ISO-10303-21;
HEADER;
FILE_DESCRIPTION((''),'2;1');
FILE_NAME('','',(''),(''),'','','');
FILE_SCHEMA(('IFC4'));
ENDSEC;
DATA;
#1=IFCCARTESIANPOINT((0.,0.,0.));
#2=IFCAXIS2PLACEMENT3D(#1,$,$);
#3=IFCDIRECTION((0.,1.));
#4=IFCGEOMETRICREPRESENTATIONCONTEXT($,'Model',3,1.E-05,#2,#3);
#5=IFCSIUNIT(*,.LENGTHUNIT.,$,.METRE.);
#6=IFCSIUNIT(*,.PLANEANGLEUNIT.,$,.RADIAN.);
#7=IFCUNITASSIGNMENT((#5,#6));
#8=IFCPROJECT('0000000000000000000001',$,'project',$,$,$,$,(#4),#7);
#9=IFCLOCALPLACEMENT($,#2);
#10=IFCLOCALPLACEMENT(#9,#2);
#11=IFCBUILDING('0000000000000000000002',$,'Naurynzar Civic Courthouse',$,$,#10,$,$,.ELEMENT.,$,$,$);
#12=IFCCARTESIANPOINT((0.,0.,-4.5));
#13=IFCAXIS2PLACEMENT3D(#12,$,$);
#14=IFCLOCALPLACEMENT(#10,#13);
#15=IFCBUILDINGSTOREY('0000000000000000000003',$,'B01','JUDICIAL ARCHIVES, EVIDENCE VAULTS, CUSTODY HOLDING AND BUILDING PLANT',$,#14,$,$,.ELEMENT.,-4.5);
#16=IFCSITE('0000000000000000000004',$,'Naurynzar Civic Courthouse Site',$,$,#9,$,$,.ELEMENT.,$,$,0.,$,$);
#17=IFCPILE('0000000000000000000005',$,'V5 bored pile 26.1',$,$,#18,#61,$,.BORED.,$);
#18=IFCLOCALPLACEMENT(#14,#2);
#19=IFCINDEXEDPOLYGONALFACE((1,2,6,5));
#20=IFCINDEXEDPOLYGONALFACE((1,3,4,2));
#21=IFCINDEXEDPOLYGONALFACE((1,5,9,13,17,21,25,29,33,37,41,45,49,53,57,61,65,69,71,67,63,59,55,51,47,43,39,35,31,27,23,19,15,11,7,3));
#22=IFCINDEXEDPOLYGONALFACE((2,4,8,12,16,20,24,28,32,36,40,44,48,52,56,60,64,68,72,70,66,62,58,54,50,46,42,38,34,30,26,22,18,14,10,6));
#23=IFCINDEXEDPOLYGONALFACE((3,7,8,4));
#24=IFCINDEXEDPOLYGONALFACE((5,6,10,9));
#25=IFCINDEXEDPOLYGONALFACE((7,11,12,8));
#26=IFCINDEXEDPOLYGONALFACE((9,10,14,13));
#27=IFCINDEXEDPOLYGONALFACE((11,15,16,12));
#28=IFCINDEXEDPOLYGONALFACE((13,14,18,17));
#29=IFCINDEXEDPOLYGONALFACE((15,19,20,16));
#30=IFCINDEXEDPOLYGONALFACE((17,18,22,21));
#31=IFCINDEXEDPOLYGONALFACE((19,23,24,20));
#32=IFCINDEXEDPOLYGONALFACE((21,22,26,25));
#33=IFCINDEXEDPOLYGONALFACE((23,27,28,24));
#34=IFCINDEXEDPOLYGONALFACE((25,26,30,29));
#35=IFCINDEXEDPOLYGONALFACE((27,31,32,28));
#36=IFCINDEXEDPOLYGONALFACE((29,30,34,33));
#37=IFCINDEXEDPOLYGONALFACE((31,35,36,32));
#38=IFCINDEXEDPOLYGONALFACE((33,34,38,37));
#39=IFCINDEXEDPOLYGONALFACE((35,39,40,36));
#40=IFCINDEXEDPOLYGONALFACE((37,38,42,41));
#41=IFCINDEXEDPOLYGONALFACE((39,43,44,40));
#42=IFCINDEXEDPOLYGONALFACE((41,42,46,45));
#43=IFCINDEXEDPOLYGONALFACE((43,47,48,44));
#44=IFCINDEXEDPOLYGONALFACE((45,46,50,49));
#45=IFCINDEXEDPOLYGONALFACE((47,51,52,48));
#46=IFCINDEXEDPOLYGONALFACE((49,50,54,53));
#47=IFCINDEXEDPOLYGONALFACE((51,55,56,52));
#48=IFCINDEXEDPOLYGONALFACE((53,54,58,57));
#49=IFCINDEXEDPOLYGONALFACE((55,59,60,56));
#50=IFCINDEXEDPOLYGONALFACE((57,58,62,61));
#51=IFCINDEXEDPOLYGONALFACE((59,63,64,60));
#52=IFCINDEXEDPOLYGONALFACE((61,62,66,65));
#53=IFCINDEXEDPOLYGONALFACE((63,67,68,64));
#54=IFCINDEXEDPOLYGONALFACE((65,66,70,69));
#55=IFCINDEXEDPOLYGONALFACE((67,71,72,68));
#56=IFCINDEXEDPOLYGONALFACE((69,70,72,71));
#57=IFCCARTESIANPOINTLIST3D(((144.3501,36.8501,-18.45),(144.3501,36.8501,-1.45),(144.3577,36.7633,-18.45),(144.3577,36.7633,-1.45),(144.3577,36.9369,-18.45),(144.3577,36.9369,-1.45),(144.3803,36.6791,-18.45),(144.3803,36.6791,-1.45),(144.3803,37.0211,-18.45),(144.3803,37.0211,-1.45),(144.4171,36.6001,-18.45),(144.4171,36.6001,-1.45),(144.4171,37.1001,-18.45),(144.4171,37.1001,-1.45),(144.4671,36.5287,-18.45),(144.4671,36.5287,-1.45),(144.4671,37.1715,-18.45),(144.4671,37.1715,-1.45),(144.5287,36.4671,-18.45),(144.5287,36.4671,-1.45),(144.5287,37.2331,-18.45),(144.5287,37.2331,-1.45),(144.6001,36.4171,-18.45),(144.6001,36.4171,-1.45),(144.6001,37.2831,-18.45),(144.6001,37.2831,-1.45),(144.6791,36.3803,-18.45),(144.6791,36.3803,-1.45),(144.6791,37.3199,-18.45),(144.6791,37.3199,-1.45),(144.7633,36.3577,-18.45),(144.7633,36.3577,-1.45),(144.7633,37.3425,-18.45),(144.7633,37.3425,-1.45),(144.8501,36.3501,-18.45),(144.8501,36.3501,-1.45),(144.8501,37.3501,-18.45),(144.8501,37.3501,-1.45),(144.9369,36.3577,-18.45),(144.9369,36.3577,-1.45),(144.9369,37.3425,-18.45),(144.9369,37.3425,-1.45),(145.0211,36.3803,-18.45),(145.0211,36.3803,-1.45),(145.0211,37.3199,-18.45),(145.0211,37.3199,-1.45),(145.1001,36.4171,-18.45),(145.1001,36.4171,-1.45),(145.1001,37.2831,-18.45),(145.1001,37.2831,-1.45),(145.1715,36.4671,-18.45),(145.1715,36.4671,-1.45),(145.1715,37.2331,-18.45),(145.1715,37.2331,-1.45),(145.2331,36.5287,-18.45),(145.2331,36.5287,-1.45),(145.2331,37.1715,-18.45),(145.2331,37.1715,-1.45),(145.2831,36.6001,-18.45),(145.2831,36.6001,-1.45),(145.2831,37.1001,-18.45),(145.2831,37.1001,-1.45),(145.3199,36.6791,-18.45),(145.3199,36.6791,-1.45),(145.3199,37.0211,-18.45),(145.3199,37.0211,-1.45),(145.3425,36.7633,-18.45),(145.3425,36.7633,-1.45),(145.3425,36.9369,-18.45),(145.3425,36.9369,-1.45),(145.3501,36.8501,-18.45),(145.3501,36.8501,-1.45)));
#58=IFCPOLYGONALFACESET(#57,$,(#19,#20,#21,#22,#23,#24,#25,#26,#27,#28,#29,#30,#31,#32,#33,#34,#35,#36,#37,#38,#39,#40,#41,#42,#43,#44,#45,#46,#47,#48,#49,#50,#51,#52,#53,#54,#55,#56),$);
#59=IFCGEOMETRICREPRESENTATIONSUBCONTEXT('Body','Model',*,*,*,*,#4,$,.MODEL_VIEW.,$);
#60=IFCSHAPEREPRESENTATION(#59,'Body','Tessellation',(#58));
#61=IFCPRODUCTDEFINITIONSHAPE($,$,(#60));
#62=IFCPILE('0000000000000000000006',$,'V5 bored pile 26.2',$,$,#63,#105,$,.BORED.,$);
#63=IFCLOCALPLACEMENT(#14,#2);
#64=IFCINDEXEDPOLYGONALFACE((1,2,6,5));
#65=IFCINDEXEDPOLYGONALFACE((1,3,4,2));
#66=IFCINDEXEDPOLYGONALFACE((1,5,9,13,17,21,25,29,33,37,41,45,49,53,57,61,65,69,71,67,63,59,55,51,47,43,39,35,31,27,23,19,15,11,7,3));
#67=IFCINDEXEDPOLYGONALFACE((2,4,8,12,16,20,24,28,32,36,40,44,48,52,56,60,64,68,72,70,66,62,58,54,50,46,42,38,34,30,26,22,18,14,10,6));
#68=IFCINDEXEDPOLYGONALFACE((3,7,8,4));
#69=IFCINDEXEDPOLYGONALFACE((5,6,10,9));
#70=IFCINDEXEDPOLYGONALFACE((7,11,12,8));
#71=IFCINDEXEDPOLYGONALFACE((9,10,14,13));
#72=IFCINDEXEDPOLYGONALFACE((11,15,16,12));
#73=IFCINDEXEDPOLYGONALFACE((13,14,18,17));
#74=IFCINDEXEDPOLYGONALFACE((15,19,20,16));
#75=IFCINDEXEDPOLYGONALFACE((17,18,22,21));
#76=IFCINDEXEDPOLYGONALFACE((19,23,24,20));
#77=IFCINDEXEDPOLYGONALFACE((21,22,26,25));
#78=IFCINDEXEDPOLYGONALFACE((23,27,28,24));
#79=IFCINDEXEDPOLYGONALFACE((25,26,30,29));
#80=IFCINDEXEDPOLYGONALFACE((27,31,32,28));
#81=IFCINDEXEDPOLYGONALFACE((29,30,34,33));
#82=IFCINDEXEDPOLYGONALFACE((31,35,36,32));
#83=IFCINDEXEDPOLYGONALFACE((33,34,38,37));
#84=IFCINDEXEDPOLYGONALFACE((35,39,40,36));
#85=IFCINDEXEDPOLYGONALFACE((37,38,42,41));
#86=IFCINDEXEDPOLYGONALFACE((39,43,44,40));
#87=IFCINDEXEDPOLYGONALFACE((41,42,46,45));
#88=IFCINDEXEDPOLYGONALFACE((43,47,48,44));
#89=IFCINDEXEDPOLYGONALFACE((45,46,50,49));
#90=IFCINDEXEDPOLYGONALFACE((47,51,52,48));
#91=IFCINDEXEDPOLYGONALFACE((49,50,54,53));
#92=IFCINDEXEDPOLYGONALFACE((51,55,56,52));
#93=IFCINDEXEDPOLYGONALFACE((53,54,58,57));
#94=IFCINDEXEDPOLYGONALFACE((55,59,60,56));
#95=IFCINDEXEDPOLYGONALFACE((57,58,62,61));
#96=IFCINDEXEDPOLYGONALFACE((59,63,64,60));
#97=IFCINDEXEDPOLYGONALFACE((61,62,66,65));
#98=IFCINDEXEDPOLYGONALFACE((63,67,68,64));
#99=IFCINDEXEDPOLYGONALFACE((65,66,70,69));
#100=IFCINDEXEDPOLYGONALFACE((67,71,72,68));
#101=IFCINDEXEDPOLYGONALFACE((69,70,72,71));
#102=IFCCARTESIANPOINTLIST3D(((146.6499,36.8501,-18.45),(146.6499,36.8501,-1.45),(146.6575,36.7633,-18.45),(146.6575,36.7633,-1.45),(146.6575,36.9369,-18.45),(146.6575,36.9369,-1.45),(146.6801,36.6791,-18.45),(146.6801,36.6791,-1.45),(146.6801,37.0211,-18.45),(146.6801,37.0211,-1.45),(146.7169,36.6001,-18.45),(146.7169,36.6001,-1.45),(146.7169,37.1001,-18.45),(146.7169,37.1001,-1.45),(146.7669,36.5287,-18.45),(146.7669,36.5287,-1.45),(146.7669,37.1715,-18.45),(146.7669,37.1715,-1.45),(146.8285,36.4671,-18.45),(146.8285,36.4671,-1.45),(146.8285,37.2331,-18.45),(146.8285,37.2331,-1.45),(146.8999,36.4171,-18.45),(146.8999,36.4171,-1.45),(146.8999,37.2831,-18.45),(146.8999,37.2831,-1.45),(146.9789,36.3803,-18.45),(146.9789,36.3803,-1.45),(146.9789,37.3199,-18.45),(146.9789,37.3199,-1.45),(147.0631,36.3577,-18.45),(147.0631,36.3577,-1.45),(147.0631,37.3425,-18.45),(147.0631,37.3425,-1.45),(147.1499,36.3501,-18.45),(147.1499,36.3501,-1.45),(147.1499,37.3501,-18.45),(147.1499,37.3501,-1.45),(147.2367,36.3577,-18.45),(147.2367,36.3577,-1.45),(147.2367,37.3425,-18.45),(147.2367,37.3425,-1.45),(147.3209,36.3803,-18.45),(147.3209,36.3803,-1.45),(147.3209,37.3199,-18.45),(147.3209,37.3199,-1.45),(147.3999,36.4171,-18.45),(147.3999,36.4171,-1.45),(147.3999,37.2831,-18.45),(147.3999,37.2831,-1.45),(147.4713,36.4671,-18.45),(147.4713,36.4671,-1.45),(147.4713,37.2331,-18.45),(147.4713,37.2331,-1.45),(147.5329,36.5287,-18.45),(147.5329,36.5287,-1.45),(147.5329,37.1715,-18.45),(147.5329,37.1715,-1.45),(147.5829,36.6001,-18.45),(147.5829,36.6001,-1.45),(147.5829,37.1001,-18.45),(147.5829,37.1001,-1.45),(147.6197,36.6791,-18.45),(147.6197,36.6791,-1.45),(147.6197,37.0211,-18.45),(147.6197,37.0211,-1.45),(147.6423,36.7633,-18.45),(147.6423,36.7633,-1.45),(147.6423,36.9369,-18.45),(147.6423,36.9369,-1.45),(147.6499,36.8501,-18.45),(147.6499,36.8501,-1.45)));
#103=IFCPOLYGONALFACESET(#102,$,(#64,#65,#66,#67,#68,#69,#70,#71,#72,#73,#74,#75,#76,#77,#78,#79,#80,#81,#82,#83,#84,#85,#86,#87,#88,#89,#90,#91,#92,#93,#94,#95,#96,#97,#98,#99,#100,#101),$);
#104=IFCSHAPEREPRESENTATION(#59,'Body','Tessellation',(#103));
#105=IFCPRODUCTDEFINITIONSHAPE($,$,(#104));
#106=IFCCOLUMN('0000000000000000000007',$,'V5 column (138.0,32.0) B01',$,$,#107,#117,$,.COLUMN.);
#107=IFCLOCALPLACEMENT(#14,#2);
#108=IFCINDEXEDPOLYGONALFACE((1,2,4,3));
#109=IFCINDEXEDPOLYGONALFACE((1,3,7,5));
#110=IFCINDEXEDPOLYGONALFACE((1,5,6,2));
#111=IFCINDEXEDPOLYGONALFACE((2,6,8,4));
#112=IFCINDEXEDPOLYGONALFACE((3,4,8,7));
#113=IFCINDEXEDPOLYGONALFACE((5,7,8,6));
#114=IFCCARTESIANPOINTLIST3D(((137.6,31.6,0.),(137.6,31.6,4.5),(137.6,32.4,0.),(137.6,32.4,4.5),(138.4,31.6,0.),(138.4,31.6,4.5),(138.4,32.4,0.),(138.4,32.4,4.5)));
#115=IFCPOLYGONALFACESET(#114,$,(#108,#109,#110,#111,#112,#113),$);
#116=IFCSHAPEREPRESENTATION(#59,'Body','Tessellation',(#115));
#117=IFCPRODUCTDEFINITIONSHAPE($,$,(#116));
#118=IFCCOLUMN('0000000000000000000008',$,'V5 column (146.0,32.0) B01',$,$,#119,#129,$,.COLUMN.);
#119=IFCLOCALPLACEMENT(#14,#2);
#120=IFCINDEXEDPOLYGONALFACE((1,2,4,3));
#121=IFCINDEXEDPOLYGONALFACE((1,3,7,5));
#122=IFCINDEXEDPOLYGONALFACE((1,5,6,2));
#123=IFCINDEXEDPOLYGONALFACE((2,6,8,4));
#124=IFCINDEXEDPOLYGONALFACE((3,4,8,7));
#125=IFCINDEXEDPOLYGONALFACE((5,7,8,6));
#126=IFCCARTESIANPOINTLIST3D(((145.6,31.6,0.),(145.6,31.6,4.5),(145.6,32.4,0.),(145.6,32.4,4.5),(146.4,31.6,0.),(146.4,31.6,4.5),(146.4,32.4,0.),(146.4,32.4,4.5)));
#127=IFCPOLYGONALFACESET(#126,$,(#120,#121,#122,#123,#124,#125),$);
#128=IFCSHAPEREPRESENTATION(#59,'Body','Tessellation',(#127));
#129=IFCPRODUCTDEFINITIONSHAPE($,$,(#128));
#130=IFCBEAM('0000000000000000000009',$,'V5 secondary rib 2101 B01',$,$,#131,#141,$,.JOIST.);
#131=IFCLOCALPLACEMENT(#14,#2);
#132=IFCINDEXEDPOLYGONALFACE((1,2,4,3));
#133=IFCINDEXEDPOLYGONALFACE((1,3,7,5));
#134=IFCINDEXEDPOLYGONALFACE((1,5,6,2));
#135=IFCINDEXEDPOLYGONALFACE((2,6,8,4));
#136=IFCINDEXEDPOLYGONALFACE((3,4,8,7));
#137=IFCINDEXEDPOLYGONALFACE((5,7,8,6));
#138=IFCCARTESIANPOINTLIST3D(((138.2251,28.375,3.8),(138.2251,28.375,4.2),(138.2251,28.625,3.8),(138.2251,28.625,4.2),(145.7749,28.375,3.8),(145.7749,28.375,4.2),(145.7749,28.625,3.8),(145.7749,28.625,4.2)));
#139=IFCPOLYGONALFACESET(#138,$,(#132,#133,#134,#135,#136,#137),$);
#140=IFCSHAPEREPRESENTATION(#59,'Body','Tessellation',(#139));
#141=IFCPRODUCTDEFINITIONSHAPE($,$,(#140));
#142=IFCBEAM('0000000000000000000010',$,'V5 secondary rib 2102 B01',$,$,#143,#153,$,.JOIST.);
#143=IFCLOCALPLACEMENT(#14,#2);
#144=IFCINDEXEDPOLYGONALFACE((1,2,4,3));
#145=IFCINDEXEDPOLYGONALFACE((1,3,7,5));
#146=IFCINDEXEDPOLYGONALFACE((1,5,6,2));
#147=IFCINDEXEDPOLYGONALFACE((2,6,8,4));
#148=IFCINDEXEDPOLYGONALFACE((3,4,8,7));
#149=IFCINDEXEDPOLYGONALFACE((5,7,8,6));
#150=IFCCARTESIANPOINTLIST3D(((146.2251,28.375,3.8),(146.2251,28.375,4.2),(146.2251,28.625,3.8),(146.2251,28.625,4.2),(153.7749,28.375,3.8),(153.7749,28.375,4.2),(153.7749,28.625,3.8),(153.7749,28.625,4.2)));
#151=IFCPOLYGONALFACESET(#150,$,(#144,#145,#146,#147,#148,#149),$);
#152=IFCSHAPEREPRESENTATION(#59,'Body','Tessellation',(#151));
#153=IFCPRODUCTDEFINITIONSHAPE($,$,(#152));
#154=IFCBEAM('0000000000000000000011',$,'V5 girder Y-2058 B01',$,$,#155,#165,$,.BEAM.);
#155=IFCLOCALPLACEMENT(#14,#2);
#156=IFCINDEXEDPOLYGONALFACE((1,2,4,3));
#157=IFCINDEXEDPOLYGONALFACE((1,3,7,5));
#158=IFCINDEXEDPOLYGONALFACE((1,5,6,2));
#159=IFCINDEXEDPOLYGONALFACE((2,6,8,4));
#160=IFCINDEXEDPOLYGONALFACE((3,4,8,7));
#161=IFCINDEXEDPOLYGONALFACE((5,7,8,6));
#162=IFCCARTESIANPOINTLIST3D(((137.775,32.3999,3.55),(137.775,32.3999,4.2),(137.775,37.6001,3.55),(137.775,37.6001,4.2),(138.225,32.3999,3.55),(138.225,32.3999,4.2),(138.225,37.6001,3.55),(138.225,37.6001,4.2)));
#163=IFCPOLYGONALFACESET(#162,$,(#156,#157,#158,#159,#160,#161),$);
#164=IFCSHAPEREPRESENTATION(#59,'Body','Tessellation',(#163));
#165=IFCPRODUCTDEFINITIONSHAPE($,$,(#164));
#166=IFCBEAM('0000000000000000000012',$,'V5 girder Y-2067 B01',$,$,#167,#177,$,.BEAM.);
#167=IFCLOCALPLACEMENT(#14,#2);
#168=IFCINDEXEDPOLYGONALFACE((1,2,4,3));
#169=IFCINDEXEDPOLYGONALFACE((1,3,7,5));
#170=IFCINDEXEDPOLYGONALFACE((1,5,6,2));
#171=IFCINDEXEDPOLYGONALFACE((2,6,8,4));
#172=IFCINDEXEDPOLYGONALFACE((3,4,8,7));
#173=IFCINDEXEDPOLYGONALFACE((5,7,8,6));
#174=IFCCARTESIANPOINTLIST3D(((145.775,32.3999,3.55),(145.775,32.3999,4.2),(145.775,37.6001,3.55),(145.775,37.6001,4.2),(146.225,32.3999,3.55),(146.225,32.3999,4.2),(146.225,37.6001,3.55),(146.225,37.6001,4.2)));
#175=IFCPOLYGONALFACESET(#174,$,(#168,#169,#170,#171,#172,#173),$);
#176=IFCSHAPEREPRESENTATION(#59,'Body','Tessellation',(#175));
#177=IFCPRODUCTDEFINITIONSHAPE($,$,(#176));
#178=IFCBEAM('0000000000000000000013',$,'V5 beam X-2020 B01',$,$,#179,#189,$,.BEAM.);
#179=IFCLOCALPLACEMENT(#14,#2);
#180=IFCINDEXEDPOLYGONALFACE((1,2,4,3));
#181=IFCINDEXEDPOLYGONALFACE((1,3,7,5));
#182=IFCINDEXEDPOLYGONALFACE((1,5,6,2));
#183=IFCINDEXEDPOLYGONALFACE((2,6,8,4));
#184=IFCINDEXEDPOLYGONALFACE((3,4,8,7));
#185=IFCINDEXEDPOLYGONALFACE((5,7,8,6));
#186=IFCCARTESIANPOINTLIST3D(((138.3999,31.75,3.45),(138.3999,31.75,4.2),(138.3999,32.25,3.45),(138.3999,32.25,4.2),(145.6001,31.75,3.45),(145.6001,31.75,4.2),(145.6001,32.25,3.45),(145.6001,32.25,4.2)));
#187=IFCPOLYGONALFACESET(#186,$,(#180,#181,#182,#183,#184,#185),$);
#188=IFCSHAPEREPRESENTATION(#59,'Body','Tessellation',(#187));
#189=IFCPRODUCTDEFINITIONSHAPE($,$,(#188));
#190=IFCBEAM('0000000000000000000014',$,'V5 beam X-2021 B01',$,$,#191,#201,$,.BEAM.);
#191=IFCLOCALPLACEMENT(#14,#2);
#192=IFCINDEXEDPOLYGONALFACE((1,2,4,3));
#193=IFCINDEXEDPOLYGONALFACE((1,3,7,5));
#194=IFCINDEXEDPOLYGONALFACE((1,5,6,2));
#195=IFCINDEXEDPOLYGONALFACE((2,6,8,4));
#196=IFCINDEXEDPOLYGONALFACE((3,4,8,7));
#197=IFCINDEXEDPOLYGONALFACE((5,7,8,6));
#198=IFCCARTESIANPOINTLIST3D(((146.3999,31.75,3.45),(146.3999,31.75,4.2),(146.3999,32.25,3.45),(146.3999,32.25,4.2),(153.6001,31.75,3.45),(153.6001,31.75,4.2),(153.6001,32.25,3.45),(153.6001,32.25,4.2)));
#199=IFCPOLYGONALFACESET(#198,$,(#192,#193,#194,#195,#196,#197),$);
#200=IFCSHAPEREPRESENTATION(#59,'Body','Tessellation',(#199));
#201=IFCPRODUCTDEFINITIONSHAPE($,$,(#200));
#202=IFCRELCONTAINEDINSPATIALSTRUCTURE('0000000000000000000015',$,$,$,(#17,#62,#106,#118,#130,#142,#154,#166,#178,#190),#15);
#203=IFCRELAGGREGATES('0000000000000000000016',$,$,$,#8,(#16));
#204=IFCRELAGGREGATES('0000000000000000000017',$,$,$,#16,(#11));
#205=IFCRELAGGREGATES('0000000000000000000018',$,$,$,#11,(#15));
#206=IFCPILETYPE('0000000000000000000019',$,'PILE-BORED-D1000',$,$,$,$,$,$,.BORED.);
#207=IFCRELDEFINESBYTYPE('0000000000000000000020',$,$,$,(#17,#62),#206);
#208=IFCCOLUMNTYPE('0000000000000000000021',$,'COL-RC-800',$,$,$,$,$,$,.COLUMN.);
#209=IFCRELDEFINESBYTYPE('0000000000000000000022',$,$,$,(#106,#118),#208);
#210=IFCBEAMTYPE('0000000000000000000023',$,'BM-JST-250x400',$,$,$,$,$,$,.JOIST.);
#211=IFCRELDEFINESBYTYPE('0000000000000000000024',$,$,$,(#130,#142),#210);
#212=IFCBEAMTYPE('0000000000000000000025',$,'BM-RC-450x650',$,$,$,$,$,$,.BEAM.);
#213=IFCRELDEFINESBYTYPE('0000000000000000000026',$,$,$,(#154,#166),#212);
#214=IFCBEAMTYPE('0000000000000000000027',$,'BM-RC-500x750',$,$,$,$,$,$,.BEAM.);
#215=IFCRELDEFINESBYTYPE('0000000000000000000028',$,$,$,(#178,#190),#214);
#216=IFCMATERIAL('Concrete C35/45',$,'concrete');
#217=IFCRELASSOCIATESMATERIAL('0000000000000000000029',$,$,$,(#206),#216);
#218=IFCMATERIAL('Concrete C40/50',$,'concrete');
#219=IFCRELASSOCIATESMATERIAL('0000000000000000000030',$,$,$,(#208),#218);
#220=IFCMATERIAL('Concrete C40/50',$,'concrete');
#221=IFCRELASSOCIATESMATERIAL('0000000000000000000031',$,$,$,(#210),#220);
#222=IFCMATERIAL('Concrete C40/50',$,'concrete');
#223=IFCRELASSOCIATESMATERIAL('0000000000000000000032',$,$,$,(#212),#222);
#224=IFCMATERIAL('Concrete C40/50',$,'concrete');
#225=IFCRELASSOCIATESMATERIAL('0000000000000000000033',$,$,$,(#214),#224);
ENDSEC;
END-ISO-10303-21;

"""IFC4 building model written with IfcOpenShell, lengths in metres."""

from ifc_helpers import new_model, si_unit, direction, frame, origin, origin_2d, place, context, subcontext, project, spatial, rectangle, circle, extrude, material, material_profile, profile_set, type_object, element, save


model = new_model("IFC4")

# Units and contexts
model_context = context("Model", 3, precision=1e-05, world=origin(), true_north=direction((0.0, 1.0)))
body_context = subcontext(model_context, "Body", "Model", "MODEL_VIEW")
ifc_project = project(units=[si_unit("LENGTHUNIT", "METRE"), si_unit("PLANEANGLEUNIT", "RADIAN")], contexts=[model_context])

# Site, building, storey
site_placement = place(None, origin())
site = spatial("IfcSite", under=ifc_project, at=site_placement, Name="Naurynzar Civic Courthouse Site", CompositionType="ELEMENT", RefElevation=0.0)
building_placement = place(site_placement, origin())
building = spatial("IfcBuilding", under=site, at=building_placement, Name="Naurynzar Civic Courthouse", CompositionType="ELEMENT")
storey_placement = place(building_placement, frame((0.0, 0.0, -4.5)))
storey = spatial("IfcBuildingStorey", under=building, at=storey_placement, Name="B01", Description="JUDICIAL ARCHIVES, EVIDENCE VAULTS, CUSTODY HOLDING AND BUILDING PLANT", CompositionType="ELEMENT", Elevation=-4.5)

# Piles
ifc_material_1 = material(Name="Concrete C35/45", Category="concrete")
ifc_material_profile_1 = material_profile(ifc_material_1, circle(Radius=0.5, at=origin_2d()), Name="PILE D1000")
ifc_profile_set_1 = profile_set([ifc_material_profile_1], Name="Concrete C35/45")
pile_type = type_object("IfcPileType", Name="PILE-BORED-D1000", PredefinedType="BORED", material=ifc_profile_set_1)
for number, where, z_axis, x_axis, name in (
    (1, (144.8501, 36.8501, -1.45), (0.0, 0.0, -1.0), (1.0, 0.0, 0.0), "V5 bored pile 26.1"),
    (2, (147.1499, 36.8501, -1.45), (0.0, 0.0, -1.0), (1.0, 0.0, 0.0), "V5 bored pile 26.2"),
):
    element("IfcPile", number, at=place(storey_placement, frame(where, z_axis=z_axis, x_axis=x_axis)), inside=storey, type_object=pile_type, Name=name, PredefinedType="BORED", context=body_context, shape_type="SweptSolid", body=[
        extrude(circle(Radius=0.5, at=origin_2d()), origin(), (0.0, 0.0, 1.0), 17.0),
    ])

# Columns
ifc_material_2 = material(Name="Concrete C40/50", Category="concrete")
ifc_material_profile_2 = material_profile(ifc_material_2, rectangle(XDim=0.8, YDim=0.8, at=origin_2d()), Name="RC 800x800")
ifc_profile_set_2 = profile_set([ifc_material_profile_2], Name="Concrete C40/50")
column_type = type_object("IfcColumnType", Name="COL-RC-800", PredefinedType="COLUMN", material=ifc_profile_set_2)
for number, where, z_axis, x_axis, name in (
    (3, (138.0, 32.0, 0.0), (0.0, 0.0, 1.0), (1.0, 0.0, 0.0), "V5 column (138.0,32.0) B01"),
    (4, (146.0, 32.0, 0.0), (0.0, 0.0, 1.0), (1.0, 0.0, 0.0), "V5 column (146.0,32.0) B01"),
):
    element("IfcColumn", number, at=place(storey_placement, frame(where, z_axis=z_axis, x_axis=x_axis)), inside=storey, type_object=column_type, Name=name, PredefinedType="COLUMN", context=body_context, shape_type="SweptSolid", body=[
        extrude(rectangle(XDim=0.8, YDim=0.8, at=origin_2d()), origin(), (0.0, 0.0, 1.0), 4.5),
    ])

# Beams
ifc_material_3 = material(Name="Concrete C40/50", Category="concrete")
ifc_material_profile_3 = material_profile(ifc_material_3, rectangle(XDim=0.25, YDim=0.3999, at=origin_2d()), Name="RCB 250x400")
ifc_profile_set_3 = profile_set([ifc_material_profile_3], Name="Concrete C40/50")
beam_type_1 = type_object("IfcBeamType", Name="BM-JST-250x400", PredefinedType="JOIST", material=ifc_profile_set_3)
for number, where, z_axis, x_axis, name in (
    (5, (138.2251, 28.5, 4.0), (1.0, 0.0, 0.0), (0.0, 1.0, 0.0), "V5 secondary rib 2101 B01"),
    (6, (146.2251, 28.5, 4.0), (1.0, 0.0, 0.0), (0.0, 1.0, 0.0), "V5 secondary rib 2102 B01"),
):
    element("IfcBeam", number, at=place(storey_placement, frame(where, z_axis=z_axis, x_axis=x_axis)), inside=storey, type_object=beam_type_1, Name=name, PredefinedType="JOIST", context=body_context, shape_type="SweptSolid", body=[
        extrude(rectangle(XDim=0.25, YDim=0.3999, at=origin_2d()), origin(), (0.0, 0.0, 1.0), 7.5498),
    ])
ifc_material_4 = material(Name="Concrete C40/50", Category="concrete")
ifc_material_profile_4 = material_profile(ifc_material_4, rectangle(XDim=0.45, YDim=0.6499, at=origin_2d()), Name="RCB 450x650")
ifc_profile_set_4 = profile_set([ifc_material_profile_4], Name="Concrete C40/50")
beam_type_2 = type_object("IfcBeamType", Name="BM-RC-450x650", PredefinedType="BEAM", material=ifc_profile_set_4)
for number, where, z_axis, x_axis, name in (
    (7, (138.0, 32.3999, 3.875), (0.0, 1.0, 0.0), (-1.0, 0.0, 0.0), "V5 girder Y-2058 B01"),
    (8, (146.0, 32.3999, 3.875), (0.0, 1.0, 0.0), (-1.0, 0.0, 0.0), "V5 girder Y-2067 B01"),
):
    element("IfcBeam", number, at=place(storey_placement, frame(where, z_axis=z_axis, x_axis=x_axis)), inside=storey, type_object=beam_type_2, Name=name, PredefinedType="BEAM", context=body_context, shape_type="SweptSolid", body=[
        extrude(rectangle(XDim=0.45, YDim=0.6499, at=origin_2d()), origin(), (0.0, 0.0, 1.0), 5.2002),
    ])
ifc_material_5 = material(Name="Concrete C40/50", Category="concrete")
ifc_material_profile_5 = material_profile(ifc_material_5, rectangle(XDim=0.5, YDim=0.75, at=origin_2d()), Name="RCB 500x750")
ifc_profile_set_5 = profile_set([ifc_material_profile_5], Name="Concrete C40/50")
beam_type_3 = type_object("IfcBeamType", Name="BM-RC-500x750", PredefinedType="BEAM", material=ifc_profile_set_5)
for number, where, z_axis, x_axis, name in (
    (9, (138.3999, 32.0, 3.825), (1.0, 0.0, 0.0), (0.0, 1.0, 0.0), "V5 beam X-2020 B01"),
    (10, (146.3999, 32.0, 3.825), (1.0, 0.0, 0.0), (0.0, 1.0, 0.0), "V5 beam X-2021 B01"),
):
    element("IfcBeam", number, at=place(storey_placement, frame(where, z_axis=z_axis, x_axis=x_axis)), inside=storey, type_object=beam_type_3, Name=name, PredefinedType="BEAM", context=body_context, shape_type="SweptSolid", body=[
        extrude(rectangle(XDim=0.5, YDim=0.75, at=origin_2d()), origin(), (0.0, 0.0, 1.0), 7.2002),
    ])

save(model, "model.ifc")
